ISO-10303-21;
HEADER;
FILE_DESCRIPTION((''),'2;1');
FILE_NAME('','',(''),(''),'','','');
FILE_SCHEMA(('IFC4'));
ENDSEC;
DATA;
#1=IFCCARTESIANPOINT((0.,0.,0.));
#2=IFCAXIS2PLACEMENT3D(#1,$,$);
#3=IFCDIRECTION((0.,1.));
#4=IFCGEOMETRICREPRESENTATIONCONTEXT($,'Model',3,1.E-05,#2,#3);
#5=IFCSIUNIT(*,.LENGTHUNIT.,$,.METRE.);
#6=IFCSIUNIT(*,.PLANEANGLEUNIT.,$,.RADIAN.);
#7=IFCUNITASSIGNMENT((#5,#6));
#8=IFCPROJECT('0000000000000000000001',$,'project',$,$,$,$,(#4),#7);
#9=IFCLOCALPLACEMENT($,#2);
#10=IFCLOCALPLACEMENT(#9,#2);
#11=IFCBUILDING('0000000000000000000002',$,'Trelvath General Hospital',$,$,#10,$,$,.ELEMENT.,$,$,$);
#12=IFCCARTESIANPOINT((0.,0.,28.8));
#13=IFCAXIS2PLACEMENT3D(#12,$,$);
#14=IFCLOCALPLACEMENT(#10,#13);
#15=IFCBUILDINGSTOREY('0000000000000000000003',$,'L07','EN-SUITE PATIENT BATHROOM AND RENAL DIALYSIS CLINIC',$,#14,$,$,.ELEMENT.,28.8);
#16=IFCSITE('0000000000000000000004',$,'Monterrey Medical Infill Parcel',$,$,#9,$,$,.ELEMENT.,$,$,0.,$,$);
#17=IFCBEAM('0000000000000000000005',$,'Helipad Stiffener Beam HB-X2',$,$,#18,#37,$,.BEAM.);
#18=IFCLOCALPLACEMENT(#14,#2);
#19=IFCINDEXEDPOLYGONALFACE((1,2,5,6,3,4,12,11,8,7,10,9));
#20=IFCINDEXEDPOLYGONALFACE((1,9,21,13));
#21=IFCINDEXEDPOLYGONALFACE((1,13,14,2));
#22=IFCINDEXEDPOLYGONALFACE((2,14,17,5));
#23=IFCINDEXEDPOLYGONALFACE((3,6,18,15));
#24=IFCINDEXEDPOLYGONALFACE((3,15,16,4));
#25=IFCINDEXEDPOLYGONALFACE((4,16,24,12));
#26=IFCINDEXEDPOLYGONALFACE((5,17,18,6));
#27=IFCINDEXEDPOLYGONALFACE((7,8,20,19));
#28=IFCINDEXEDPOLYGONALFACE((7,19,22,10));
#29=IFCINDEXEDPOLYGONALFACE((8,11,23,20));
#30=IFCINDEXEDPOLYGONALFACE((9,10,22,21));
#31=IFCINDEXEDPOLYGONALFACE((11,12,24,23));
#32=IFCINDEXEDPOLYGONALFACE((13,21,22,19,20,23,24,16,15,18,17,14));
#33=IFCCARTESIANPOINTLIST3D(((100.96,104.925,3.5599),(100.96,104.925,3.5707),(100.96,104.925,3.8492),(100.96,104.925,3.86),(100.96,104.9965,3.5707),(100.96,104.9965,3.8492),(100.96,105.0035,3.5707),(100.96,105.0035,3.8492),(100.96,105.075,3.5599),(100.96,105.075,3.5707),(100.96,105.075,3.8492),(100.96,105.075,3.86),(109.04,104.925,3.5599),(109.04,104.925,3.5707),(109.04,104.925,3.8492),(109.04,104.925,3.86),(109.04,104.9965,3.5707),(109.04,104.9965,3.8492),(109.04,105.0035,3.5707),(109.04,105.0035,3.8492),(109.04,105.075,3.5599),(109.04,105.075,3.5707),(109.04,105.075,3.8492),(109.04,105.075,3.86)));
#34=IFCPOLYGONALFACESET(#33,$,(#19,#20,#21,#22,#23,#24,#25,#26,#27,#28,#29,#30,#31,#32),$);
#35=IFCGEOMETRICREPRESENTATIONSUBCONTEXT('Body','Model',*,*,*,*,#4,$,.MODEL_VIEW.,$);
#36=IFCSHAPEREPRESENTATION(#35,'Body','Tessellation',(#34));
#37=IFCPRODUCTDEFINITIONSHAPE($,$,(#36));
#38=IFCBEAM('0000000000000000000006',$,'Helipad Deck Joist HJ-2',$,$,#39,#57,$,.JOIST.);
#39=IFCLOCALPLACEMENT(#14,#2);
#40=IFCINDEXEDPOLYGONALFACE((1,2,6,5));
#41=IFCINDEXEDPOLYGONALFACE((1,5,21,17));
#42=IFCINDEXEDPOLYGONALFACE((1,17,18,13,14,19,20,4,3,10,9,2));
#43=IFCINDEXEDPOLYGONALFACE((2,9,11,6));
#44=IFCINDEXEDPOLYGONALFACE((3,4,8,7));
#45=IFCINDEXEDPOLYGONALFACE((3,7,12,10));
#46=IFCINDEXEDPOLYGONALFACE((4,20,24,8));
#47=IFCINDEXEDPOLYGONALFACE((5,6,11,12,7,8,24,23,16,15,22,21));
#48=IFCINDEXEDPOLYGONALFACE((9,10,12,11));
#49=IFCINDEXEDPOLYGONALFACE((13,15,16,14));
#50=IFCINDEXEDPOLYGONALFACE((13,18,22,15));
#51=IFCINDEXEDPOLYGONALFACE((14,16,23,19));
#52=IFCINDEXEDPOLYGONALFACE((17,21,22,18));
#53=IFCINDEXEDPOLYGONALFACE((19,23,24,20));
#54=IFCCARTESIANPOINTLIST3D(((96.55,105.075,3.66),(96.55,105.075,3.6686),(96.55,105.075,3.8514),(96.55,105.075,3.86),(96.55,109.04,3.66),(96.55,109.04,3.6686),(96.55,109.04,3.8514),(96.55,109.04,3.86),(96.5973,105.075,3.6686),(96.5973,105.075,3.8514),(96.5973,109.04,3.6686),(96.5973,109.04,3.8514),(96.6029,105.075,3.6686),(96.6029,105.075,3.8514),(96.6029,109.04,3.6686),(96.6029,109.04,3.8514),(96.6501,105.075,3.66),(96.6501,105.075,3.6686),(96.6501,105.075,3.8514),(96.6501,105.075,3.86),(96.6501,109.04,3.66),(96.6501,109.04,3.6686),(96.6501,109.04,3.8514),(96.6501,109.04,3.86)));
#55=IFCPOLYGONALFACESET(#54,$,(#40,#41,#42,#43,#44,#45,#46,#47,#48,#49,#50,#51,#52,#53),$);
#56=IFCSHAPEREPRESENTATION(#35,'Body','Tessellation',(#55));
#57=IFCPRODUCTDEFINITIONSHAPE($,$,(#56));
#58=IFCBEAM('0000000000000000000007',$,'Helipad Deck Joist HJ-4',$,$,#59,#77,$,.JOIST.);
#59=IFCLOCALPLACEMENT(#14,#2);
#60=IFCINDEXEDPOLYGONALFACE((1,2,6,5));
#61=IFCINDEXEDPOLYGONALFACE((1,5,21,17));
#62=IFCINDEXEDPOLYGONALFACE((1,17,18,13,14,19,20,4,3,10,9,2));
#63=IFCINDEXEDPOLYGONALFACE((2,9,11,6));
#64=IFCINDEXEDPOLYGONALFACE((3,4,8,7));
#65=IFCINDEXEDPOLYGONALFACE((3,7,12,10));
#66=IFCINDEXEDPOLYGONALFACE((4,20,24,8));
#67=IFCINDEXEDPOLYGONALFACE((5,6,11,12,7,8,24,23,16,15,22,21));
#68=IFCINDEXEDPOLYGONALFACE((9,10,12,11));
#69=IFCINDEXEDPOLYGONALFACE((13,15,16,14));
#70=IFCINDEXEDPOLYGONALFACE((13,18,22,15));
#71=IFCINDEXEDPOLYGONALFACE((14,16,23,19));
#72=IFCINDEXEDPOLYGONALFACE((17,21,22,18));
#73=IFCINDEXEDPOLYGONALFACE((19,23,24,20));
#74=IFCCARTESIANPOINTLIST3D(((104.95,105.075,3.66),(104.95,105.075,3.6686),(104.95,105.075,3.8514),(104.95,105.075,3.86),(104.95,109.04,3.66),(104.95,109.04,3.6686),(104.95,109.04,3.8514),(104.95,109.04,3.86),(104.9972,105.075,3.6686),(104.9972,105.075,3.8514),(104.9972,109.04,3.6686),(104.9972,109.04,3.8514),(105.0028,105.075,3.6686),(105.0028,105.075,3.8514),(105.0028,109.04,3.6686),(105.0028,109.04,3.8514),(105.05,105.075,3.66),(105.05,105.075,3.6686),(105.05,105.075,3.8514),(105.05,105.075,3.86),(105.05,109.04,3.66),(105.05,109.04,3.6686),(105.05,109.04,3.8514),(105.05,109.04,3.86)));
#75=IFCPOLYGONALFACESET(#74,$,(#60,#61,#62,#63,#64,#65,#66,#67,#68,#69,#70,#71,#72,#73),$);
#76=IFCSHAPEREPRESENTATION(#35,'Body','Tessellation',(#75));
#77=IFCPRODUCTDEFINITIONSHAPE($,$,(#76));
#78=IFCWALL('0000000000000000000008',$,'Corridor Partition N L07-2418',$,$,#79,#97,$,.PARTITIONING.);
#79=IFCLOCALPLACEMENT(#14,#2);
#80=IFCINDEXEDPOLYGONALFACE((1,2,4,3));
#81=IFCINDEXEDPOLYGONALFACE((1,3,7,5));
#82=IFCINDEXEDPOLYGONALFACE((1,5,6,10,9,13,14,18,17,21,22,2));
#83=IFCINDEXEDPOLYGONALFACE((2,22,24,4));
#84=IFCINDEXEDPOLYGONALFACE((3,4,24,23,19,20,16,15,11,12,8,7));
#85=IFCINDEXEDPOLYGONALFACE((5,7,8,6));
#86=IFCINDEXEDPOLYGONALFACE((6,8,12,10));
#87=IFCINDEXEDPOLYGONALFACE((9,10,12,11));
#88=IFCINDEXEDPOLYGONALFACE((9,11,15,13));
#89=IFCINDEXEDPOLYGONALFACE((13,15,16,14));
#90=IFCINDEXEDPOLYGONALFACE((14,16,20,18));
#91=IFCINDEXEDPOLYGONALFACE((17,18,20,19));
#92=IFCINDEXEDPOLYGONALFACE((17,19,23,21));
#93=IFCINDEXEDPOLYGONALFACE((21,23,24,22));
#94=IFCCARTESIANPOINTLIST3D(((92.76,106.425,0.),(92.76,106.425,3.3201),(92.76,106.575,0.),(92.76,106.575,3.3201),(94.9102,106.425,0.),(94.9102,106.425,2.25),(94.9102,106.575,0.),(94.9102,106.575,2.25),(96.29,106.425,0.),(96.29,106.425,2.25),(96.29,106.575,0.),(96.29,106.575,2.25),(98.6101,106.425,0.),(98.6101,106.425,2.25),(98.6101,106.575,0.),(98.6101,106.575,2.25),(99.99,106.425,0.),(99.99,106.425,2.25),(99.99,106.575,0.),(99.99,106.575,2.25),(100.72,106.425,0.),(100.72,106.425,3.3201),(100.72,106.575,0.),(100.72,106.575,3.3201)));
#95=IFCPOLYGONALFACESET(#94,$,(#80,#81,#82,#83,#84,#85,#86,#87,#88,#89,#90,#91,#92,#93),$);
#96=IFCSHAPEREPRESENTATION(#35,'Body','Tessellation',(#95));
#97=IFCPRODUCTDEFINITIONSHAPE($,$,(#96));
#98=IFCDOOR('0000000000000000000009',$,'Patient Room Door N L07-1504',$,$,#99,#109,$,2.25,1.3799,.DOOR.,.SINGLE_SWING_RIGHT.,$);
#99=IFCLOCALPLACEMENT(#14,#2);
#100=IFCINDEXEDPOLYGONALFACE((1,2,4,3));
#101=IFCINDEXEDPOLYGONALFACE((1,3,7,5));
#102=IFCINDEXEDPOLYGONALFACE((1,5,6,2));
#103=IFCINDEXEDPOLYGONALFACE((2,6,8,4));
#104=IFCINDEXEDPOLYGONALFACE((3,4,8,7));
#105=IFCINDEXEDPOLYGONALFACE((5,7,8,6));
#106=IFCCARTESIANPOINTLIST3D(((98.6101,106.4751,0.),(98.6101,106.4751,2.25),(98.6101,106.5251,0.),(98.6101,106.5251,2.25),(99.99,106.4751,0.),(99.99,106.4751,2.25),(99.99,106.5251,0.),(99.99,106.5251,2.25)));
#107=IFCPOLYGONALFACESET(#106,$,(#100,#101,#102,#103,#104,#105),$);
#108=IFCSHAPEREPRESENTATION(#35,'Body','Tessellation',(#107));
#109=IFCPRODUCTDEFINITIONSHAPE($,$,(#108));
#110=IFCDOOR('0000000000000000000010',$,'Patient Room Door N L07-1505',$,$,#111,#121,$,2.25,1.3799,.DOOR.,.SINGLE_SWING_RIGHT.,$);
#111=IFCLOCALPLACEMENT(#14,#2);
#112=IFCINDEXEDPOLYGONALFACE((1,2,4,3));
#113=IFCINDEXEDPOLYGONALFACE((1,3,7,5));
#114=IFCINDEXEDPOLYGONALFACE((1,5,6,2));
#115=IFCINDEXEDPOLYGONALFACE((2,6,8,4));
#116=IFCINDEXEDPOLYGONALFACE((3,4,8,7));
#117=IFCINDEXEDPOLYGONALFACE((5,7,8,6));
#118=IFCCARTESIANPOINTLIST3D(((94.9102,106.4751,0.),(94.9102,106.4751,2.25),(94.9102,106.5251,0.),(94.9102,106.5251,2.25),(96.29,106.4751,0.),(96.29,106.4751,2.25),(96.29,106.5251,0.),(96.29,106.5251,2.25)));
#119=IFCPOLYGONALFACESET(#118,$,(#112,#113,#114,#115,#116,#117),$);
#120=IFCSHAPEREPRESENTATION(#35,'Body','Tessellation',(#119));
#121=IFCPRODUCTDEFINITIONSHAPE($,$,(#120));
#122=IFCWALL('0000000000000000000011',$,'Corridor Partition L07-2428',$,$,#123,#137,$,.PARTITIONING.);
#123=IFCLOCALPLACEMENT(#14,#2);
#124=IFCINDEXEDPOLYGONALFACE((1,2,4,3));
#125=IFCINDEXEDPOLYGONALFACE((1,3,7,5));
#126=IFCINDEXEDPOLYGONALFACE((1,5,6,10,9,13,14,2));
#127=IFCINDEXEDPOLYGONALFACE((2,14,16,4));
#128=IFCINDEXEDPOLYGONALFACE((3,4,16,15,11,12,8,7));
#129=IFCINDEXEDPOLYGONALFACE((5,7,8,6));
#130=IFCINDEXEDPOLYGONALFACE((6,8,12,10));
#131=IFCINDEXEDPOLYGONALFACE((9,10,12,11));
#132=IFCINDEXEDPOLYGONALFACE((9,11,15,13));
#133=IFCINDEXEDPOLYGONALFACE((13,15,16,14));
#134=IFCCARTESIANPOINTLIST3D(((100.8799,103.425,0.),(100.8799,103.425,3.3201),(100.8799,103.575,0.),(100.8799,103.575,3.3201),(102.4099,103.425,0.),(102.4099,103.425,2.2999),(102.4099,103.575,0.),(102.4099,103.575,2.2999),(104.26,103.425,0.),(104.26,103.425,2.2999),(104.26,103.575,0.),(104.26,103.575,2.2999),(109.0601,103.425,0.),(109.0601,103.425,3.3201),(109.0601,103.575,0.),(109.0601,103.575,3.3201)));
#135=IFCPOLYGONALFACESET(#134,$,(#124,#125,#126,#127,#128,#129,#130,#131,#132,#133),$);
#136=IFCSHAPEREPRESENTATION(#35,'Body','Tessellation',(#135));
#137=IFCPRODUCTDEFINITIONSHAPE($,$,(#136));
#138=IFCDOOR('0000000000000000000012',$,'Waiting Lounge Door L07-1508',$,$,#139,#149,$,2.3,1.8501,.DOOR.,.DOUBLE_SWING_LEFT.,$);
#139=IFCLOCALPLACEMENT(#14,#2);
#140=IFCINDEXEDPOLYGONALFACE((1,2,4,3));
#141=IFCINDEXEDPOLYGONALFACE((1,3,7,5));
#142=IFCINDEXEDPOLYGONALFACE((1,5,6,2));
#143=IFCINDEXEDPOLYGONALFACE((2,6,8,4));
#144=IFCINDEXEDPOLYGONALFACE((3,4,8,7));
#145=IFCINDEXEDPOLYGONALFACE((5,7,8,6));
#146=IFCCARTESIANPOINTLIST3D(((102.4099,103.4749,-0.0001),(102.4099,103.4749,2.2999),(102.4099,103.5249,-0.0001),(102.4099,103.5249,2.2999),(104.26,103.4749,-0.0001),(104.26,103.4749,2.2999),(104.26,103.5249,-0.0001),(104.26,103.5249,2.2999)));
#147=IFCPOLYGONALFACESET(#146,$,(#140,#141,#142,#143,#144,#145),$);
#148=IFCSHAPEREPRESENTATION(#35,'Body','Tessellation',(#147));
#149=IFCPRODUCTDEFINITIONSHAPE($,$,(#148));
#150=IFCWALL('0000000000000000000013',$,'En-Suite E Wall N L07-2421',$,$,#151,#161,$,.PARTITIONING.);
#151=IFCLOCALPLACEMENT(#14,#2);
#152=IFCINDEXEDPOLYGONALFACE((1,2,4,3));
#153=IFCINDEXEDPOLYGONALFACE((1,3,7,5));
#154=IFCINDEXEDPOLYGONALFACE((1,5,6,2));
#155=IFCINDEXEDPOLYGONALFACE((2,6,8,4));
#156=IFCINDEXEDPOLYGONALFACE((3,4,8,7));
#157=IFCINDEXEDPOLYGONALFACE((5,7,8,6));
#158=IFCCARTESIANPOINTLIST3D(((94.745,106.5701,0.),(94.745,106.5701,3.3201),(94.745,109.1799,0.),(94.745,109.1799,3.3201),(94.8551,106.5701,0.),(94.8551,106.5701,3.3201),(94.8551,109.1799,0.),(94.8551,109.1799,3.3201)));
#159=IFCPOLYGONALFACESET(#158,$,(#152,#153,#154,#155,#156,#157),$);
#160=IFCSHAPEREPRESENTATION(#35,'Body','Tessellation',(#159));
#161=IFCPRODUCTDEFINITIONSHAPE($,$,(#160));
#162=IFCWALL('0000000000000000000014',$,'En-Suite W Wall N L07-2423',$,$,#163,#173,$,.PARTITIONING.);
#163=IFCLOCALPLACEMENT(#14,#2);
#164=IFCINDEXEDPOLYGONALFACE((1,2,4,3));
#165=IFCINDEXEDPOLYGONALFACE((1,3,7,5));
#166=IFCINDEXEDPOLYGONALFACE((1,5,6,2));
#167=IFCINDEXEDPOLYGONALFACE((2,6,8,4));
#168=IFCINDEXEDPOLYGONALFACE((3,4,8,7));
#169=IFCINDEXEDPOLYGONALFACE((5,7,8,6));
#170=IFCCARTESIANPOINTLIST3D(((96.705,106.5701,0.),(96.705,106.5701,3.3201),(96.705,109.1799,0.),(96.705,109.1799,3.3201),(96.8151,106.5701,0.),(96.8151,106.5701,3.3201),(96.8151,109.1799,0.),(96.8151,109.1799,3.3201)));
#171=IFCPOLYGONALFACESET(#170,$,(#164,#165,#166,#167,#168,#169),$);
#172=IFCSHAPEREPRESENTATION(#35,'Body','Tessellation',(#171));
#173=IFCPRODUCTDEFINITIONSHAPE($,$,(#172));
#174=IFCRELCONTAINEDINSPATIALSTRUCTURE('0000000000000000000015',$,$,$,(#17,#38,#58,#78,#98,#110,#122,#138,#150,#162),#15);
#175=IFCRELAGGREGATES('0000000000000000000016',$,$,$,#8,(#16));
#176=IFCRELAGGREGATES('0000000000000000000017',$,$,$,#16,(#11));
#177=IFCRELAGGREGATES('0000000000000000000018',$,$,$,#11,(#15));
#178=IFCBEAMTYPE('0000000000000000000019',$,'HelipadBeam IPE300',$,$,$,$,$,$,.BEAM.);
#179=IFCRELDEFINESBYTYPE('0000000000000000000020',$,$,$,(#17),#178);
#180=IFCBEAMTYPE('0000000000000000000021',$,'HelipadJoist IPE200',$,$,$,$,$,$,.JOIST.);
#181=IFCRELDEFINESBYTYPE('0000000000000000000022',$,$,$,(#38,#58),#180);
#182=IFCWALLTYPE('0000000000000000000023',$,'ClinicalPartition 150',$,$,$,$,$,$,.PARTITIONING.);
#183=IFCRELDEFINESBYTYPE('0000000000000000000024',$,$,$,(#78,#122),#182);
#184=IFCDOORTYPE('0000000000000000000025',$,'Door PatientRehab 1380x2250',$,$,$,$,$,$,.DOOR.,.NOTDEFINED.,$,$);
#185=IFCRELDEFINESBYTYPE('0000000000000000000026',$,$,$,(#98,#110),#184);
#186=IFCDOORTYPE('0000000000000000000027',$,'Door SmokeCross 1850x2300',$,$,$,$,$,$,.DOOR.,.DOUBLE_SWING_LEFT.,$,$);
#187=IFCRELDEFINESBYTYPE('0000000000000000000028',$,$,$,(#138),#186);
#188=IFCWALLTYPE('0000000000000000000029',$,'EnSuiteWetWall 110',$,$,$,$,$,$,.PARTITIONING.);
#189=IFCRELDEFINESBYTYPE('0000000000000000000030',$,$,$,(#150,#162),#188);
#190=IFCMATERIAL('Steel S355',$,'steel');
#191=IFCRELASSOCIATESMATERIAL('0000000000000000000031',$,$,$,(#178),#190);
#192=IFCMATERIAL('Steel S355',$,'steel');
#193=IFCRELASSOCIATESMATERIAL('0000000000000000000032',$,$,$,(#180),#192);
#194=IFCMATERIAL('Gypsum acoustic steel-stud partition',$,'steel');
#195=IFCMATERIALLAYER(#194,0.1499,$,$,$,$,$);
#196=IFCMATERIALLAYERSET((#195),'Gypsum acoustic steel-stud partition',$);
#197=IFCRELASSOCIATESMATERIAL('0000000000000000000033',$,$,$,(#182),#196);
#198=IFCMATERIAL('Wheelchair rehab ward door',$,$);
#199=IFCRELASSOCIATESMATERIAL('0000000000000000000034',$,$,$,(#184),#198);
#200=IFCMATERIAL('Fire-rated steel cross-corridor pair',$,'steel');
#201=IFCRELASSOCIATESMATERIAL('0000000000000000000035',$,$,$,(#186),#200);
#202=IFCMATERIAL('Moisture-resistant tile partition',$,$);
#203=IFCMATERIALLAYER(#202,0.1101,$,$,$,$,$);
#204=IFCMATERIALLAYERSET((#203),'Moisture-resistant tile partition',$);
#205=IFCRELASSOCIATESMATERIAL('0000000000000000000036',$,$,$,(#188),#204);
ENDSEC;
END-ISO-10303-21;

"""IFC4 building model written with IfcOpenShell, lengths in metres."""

from ifc_helpers import new_model, si_unit, direction, frame, frame_2d, origin, origin_2d, place, context, subcontext, project, spatial, rectangle, i_section, extrude, material, layer, layer_set, material_profile, profile_set, type_object, element, fill, save


model = new_model("IFC4")

# Units and contexts
model_context = context("Model", 3, precision=1e-05, world=origin(), true_north=direction((0.0, 1.0)))
body_context = subcontext(model_context, "Body", "Model", "MODEL_VIEW")
ifc_project = project(units=[si_unit("LENGTHUNIT", "METRE"), si_unit("PLANEANGLEUNIT", "RADIAN")], contexts=[model_context])

# Site, building, storey
site_placement = place(None, origin())
site = spatial("IfcSite", under=ifc_project, at=site_placement, Name="Monterrey Medical Infill Parcel", CompositionType="ELEMENT", RefElevation=0.0)
building_placement = place(site_placement, origin())
building = spatial("IfcBuilding", under=site, at=building_placement, Name="Trelvath General Hospital", CompositionType="ELEMENT")
storey_placement = place(building_placement, frame((0.0, 0.0, 28.8)))
storey = spatial("IfcBuildingStorey", under=building, at=storey_placement, Name="L07", Description="EN-SUITE PATIENT BATHROOM AND RENAL DIALYSIS CLINIC", CompositionType="ELEMENT", Elevation=28.8)

# Beams
ifc_material_1 = material(Name="Steel S355", Category="steel")
ifc_material_profile_1 = material_profile(ifc_material_1, i_section(OverallWidth=0.1499, OverallDepth=0.3, WebThickness=0.0071, FlangeThickness=0.0107, at=origin_2d()), Name="IPE300")
ifc_profile_set_1 = profile_set([ifc_material_profile_1], Name="Steel S355")
beam_type_1 = type_object("IfcBeamType", Name="HelipadBeam IPE300", PredefinedType="BEAM", material=ifc_profile_set_1)
beam_placement = place(storey_placement, frame((100.96, 105.0, 3.71), z_axis=(1.0, 0.0, 0.0), x_axis=(0.0, 1.0, 0.0)))
element("IfcBeam", 1, at=beam_placement, inside=storey, type_object=beam_type_1, Name="Helipad Stiffener Beam HB-X2", PredefinedType="BEAM", context=body_context, shape_type="SweptSolid", body=[
    extrude(i_section(OverallWidth=0.1499, OverallDepth=0.3, WebThickness=0.0071, FlangeThickness=0.0107, at=origin_2d()), origin(), (0.0, 0.0, 1.0), 8.0801),
])
ifc_material_2 = material(Name="Steel S355", Category="steel")
ifc_material_profile_2 = material_profile(ifc_material_2, i_section(OverallWidth=0.1001, OverallDepth=0.2, WebThickness=0.0056, FlangeThickness=0.0085, at=origin_2d()), Name="IPE200")
ifc_profile_set_2 = profile_set([ifc_material_profile_2], Name="Steel S355")
beam_type_2 = type_object("IfcBeamType", Name="HelipadJoist IPE200", PredefinedType="JOIST", material=ifc_profile_set_2)
for number, where, z_axis, x_axis, name in (
    (2, (96.6001, 105.075, 3.76), (0.0, 1.0, 0.0), (-1.0, 0.0, 0.0), "Helipad Deck Joist HJ-2"),
    (3, (105.0, 105.075, 3.76), (0.0, 1.0, 0.0), (-1.0, 0.0, 0.0), "Helipad Deck Joist HJ-4"),
):
    element("IfcBeam", number, at=place(storey_placement, frame(where, z_axis=z_axis, x_axis=x_axis)), inside=storey, type_object=beam_type_2, Name=name, PredefinedType="JOIST", context=body_context, shape_type="SweptSolid", body=[
        extrude(i_section(OverallWidth=0.1001, OverallDepth=0.2, WebThickness=0.0056, FlangeThickness=0.0085, at=origin_2d()), origin(), (0.0, 0.0, 1.0), 3.9651),
    ])

# Wall, openings, doors
ifc_material_3 = material(Name="Gypsum acoustic steel-stud partition", Category="steel")
ifc_layer_1 = layer(ifc_material_3, 0.1499)
ifc_layer_set_1 = layer_set([ifc_layer_1], Name="Gypsum acoustic steel-stud partition")
wall_type_1 = type_object("IfcWallType", Name="ClinicalPartition 150", PredefinedType="PARTITIONING", material=ifc_layer_set_1)
wall_1_placement = place(storey_placement, frame((100.72, 106.5, 0.0), z_axis=(0.0, 0.0, 1.0), x_axis=(-1.0, 0.0, 0.0)))
wall_1 = element("IfcWall", 4, at=wall_1_placement, inside=storey, type_object=wall_type_1, Name="Corridor Partition N L07-2418", PredefinedType="PARTITIONING", context=body_context, shape_type="SweptSolid", body=[
    extrude(rectangle(XDim=7.96, YDim=0.1499, at=frame_2d((3.98, 0.0))), origin(), (0.0, 0.0, 1.0), 3.3201),
])
opening_1_placement = place(wall_1_placement, frame((0.73, 0.0, 0.0)))
opening_1 = element("IfcOpeningElement", 5, at=opening_1_placement, cuts=wall_1, PredefinedType="OPENING", context=body_context, shape_type="SweptSolid", body=[
    extrude(rectangle(XDim=1.3799, YDim=2.25, at=frame_2d((0.6899, 1.125))), frame((0.0, 0.085, 0.0), z_axis=(0.0, -1.0, 0.0), x_axis=(1.0, 0.0, 0.0)), (0.0, 0.0, 1.0), 0.1699),
])
opening_2_placement = place(wall_1_placement, frame((4.4299, 0.0, 0.0)))
opening_2 = element("IfcOpeningElement", 6, at=opening_2_placement, cuts=wall_1, PredefinedType="OPENING", context=body_context, shape_type="SweptSolid", body=[
    extrude(rectangle(XDim=1.3799, YDim=2.25, at=frame_2d((0.6899, 1.125))), frame((0.0, 0.085, 0.0), z_axis=(0.0, -1.0, 0.0), x_axis=(1.0, 0.0, 0.0)), (0.0, 0.0, 1.0), 0.1699),
])
ifc_material_4 = material(Name="Wheelchair rehab ward door")
door_type_1 = type_object("IfcDoorType", Name="Door PatientRehab 1380x2250", OperationType="NOTDEFINED", PredefinedType="DOOR", material=ifc_material_4)
door_1_placement = place(opening_1_placement, origin())
door_1 = element("IfcDoor", 7, at=door_1_placement, inside=storey, type_object=door_type_1, Name="Patient Room Door N L07-1504", OperationType="SINGLE_SWING_RIGHT", OverallHeight=2.25, OverallWidth=1.3799, PredefinedType="DOOR", context=body_context, shape_type="SweptSolid", body=[
    extrude(rectangle(XDim=1.3799, YDim=2.25, at=frame_2d((0.6899, 1.125))), frame((0.0, 0.0249, 0.0), z_axis=(0.0, -1.0, 0.0), x_axis=(1.0, 0.0, 0.0)), (0.0, 0.0, 1.0), 0.05),
])
fill(opening_1, door_1)
door_2_placement = place(opening_2_placement, origin())
door_2 = element("IfcDoor", 8, at=door_2_placement, inside=storey, type_object=door_type_1, Name="Patient Room Door N L07-1505", OperationType="SINGLE_SWING_RIGHT", OverallHeight=2.25, OverallWidth=1.3799, PredefinedType="DOOR", context=body_context, shape_type="SweptSolid", body=[
    extrude(rectangle(XDim=1.3799, YDim=2.25, at=frame_2d((0.6899, 1.125))), frame((0.0, 0.0249, 0.0), z_axis=(0.0, -1.0, 0.0), x_axis=(1.0, 0.0, 0.0)), (0.0, 0.0, 1.0), 0.05),
])
fill(opening_2, door_2)

# Wall, opening, door
wall_2_placement = place(storey_placement, frame((100.8799, 103.5, 0.0), z_axis=(0.0, 0.0, 1.0), x_axis=(1.0, 0.0, 0.0)))
wall_2 = element("IfcWall", 9, at=wall_2_placement, inside=storey, type_object=wall_type_1, Name="Corridor Partition L07-2428", PredefinedType="PARTITIONING", context=body_context, shape_type="SweptSolid", body=[
    extrude(rectangle(XDim=8.1802, YDim=0.1499, at=frame_2d((4.0901, 0.0))), origin(), (0.0, 0.0, 1.0), 3.3201),
])
opening_3_placement = place(wall_2_placement, frame((1.53, 0.0, 0.0)))
opening_3 = element("IfcOpeningElement", 10, at=opening_3_placement, cuts=wall_2, PredefinedType="OPENING", context=body_context, shape_type="SweptSolid", body=[
    extrude(rectangle(XDim=1.8501, YDim=2.3, at=frame_2d((0.925, 1.1499))), frame((0.0, 0.085, 0.0), z_axis=(0.0, -1.0, 0.0), x_axis=(1.0, 0.0, 0.0)), (0.0, 0.0, 1.0), 0.1699),
])
ifc_material_5 = material(Name="Fire-rated steel cross-corridor pair", Category="steel")
door_type_2 = type_object("IfcDoorType", Name="Door SmokeCross 1850x2300", OperationType="DOUBLE_SWING_LEFT", PredefinedType="DOOR", material=ifc_material_5)
door_3_placement = place(opening_3_placement, origin())
door_3 = element("IfcDoor", 11, at=door_3_placement, inside=storey, type_object=door_type_2, Name="Waiting Lounge Door L07-1508", OperationType="DOUBLE_SWING_LEFT", OverallHeight=2.3, OverallWidth=1.8501, PredefinedType="DOOR", context=body_context, shape_type="SweptSolid", body=[
    extrude(rectangle(XDim=1.8501, YDim=2.3, at=frame_2d((0.925, 1.1499))), frame((0.0, 0.0249, 0.0), z_axis=(0.0, -1.0, 0.0), x_axis=(1.0, 0.0, 0.0)), (0.0, 0.0, 1.0), 0.05),
])
fill(opening_3, door_3)

# Walls
ifc_material_6 = material(Name="Moisture-resistant tile partition")
ifc_layer_2 = layer(ifc_material_6, 0.1101)
ifc_layer_set_2 = layer_set([ifc_layer_2], Name="Moisture-resistant tile partition")
wall_type_2 = type_object("IfcWallType", Name="EnSuiteWetWall 110", PredefinedType="PARTITIONING", material=ifc_layer_set_2)
for number, where, z_axis, x_axis, name in (
    (12, (94.8, 106.5701, 0.0), (0.0, 0.0, 1.0), (0.0, 1.0, 0.0), "En-Suite E Wall N L07-2421"),
    (13, (96.76, 106.5701, 0.0), (0.0, 0.0, 1.0), (0.0, 1.0, 0.0), "En-Suite W Wall N L07-2423"),
):
    element("IfcWall", number, at=place(storey_placement, frame(where, z_axis=z_axis, x_axis=x_axis)), inside=storey, type_object=wall_type_2, Name=name, PredefinedType="PARTITIONING", context=body_context, shape_type="SweptSolid", body=[
        extrude(rectangle(XDim=2.6099, YDim=0.1101, at=frame_2d((1.3049, 0.0))), origin(), (0.0, 0.0, 1.0), 3.3201),
    ])

save(model, "model.ifc")
